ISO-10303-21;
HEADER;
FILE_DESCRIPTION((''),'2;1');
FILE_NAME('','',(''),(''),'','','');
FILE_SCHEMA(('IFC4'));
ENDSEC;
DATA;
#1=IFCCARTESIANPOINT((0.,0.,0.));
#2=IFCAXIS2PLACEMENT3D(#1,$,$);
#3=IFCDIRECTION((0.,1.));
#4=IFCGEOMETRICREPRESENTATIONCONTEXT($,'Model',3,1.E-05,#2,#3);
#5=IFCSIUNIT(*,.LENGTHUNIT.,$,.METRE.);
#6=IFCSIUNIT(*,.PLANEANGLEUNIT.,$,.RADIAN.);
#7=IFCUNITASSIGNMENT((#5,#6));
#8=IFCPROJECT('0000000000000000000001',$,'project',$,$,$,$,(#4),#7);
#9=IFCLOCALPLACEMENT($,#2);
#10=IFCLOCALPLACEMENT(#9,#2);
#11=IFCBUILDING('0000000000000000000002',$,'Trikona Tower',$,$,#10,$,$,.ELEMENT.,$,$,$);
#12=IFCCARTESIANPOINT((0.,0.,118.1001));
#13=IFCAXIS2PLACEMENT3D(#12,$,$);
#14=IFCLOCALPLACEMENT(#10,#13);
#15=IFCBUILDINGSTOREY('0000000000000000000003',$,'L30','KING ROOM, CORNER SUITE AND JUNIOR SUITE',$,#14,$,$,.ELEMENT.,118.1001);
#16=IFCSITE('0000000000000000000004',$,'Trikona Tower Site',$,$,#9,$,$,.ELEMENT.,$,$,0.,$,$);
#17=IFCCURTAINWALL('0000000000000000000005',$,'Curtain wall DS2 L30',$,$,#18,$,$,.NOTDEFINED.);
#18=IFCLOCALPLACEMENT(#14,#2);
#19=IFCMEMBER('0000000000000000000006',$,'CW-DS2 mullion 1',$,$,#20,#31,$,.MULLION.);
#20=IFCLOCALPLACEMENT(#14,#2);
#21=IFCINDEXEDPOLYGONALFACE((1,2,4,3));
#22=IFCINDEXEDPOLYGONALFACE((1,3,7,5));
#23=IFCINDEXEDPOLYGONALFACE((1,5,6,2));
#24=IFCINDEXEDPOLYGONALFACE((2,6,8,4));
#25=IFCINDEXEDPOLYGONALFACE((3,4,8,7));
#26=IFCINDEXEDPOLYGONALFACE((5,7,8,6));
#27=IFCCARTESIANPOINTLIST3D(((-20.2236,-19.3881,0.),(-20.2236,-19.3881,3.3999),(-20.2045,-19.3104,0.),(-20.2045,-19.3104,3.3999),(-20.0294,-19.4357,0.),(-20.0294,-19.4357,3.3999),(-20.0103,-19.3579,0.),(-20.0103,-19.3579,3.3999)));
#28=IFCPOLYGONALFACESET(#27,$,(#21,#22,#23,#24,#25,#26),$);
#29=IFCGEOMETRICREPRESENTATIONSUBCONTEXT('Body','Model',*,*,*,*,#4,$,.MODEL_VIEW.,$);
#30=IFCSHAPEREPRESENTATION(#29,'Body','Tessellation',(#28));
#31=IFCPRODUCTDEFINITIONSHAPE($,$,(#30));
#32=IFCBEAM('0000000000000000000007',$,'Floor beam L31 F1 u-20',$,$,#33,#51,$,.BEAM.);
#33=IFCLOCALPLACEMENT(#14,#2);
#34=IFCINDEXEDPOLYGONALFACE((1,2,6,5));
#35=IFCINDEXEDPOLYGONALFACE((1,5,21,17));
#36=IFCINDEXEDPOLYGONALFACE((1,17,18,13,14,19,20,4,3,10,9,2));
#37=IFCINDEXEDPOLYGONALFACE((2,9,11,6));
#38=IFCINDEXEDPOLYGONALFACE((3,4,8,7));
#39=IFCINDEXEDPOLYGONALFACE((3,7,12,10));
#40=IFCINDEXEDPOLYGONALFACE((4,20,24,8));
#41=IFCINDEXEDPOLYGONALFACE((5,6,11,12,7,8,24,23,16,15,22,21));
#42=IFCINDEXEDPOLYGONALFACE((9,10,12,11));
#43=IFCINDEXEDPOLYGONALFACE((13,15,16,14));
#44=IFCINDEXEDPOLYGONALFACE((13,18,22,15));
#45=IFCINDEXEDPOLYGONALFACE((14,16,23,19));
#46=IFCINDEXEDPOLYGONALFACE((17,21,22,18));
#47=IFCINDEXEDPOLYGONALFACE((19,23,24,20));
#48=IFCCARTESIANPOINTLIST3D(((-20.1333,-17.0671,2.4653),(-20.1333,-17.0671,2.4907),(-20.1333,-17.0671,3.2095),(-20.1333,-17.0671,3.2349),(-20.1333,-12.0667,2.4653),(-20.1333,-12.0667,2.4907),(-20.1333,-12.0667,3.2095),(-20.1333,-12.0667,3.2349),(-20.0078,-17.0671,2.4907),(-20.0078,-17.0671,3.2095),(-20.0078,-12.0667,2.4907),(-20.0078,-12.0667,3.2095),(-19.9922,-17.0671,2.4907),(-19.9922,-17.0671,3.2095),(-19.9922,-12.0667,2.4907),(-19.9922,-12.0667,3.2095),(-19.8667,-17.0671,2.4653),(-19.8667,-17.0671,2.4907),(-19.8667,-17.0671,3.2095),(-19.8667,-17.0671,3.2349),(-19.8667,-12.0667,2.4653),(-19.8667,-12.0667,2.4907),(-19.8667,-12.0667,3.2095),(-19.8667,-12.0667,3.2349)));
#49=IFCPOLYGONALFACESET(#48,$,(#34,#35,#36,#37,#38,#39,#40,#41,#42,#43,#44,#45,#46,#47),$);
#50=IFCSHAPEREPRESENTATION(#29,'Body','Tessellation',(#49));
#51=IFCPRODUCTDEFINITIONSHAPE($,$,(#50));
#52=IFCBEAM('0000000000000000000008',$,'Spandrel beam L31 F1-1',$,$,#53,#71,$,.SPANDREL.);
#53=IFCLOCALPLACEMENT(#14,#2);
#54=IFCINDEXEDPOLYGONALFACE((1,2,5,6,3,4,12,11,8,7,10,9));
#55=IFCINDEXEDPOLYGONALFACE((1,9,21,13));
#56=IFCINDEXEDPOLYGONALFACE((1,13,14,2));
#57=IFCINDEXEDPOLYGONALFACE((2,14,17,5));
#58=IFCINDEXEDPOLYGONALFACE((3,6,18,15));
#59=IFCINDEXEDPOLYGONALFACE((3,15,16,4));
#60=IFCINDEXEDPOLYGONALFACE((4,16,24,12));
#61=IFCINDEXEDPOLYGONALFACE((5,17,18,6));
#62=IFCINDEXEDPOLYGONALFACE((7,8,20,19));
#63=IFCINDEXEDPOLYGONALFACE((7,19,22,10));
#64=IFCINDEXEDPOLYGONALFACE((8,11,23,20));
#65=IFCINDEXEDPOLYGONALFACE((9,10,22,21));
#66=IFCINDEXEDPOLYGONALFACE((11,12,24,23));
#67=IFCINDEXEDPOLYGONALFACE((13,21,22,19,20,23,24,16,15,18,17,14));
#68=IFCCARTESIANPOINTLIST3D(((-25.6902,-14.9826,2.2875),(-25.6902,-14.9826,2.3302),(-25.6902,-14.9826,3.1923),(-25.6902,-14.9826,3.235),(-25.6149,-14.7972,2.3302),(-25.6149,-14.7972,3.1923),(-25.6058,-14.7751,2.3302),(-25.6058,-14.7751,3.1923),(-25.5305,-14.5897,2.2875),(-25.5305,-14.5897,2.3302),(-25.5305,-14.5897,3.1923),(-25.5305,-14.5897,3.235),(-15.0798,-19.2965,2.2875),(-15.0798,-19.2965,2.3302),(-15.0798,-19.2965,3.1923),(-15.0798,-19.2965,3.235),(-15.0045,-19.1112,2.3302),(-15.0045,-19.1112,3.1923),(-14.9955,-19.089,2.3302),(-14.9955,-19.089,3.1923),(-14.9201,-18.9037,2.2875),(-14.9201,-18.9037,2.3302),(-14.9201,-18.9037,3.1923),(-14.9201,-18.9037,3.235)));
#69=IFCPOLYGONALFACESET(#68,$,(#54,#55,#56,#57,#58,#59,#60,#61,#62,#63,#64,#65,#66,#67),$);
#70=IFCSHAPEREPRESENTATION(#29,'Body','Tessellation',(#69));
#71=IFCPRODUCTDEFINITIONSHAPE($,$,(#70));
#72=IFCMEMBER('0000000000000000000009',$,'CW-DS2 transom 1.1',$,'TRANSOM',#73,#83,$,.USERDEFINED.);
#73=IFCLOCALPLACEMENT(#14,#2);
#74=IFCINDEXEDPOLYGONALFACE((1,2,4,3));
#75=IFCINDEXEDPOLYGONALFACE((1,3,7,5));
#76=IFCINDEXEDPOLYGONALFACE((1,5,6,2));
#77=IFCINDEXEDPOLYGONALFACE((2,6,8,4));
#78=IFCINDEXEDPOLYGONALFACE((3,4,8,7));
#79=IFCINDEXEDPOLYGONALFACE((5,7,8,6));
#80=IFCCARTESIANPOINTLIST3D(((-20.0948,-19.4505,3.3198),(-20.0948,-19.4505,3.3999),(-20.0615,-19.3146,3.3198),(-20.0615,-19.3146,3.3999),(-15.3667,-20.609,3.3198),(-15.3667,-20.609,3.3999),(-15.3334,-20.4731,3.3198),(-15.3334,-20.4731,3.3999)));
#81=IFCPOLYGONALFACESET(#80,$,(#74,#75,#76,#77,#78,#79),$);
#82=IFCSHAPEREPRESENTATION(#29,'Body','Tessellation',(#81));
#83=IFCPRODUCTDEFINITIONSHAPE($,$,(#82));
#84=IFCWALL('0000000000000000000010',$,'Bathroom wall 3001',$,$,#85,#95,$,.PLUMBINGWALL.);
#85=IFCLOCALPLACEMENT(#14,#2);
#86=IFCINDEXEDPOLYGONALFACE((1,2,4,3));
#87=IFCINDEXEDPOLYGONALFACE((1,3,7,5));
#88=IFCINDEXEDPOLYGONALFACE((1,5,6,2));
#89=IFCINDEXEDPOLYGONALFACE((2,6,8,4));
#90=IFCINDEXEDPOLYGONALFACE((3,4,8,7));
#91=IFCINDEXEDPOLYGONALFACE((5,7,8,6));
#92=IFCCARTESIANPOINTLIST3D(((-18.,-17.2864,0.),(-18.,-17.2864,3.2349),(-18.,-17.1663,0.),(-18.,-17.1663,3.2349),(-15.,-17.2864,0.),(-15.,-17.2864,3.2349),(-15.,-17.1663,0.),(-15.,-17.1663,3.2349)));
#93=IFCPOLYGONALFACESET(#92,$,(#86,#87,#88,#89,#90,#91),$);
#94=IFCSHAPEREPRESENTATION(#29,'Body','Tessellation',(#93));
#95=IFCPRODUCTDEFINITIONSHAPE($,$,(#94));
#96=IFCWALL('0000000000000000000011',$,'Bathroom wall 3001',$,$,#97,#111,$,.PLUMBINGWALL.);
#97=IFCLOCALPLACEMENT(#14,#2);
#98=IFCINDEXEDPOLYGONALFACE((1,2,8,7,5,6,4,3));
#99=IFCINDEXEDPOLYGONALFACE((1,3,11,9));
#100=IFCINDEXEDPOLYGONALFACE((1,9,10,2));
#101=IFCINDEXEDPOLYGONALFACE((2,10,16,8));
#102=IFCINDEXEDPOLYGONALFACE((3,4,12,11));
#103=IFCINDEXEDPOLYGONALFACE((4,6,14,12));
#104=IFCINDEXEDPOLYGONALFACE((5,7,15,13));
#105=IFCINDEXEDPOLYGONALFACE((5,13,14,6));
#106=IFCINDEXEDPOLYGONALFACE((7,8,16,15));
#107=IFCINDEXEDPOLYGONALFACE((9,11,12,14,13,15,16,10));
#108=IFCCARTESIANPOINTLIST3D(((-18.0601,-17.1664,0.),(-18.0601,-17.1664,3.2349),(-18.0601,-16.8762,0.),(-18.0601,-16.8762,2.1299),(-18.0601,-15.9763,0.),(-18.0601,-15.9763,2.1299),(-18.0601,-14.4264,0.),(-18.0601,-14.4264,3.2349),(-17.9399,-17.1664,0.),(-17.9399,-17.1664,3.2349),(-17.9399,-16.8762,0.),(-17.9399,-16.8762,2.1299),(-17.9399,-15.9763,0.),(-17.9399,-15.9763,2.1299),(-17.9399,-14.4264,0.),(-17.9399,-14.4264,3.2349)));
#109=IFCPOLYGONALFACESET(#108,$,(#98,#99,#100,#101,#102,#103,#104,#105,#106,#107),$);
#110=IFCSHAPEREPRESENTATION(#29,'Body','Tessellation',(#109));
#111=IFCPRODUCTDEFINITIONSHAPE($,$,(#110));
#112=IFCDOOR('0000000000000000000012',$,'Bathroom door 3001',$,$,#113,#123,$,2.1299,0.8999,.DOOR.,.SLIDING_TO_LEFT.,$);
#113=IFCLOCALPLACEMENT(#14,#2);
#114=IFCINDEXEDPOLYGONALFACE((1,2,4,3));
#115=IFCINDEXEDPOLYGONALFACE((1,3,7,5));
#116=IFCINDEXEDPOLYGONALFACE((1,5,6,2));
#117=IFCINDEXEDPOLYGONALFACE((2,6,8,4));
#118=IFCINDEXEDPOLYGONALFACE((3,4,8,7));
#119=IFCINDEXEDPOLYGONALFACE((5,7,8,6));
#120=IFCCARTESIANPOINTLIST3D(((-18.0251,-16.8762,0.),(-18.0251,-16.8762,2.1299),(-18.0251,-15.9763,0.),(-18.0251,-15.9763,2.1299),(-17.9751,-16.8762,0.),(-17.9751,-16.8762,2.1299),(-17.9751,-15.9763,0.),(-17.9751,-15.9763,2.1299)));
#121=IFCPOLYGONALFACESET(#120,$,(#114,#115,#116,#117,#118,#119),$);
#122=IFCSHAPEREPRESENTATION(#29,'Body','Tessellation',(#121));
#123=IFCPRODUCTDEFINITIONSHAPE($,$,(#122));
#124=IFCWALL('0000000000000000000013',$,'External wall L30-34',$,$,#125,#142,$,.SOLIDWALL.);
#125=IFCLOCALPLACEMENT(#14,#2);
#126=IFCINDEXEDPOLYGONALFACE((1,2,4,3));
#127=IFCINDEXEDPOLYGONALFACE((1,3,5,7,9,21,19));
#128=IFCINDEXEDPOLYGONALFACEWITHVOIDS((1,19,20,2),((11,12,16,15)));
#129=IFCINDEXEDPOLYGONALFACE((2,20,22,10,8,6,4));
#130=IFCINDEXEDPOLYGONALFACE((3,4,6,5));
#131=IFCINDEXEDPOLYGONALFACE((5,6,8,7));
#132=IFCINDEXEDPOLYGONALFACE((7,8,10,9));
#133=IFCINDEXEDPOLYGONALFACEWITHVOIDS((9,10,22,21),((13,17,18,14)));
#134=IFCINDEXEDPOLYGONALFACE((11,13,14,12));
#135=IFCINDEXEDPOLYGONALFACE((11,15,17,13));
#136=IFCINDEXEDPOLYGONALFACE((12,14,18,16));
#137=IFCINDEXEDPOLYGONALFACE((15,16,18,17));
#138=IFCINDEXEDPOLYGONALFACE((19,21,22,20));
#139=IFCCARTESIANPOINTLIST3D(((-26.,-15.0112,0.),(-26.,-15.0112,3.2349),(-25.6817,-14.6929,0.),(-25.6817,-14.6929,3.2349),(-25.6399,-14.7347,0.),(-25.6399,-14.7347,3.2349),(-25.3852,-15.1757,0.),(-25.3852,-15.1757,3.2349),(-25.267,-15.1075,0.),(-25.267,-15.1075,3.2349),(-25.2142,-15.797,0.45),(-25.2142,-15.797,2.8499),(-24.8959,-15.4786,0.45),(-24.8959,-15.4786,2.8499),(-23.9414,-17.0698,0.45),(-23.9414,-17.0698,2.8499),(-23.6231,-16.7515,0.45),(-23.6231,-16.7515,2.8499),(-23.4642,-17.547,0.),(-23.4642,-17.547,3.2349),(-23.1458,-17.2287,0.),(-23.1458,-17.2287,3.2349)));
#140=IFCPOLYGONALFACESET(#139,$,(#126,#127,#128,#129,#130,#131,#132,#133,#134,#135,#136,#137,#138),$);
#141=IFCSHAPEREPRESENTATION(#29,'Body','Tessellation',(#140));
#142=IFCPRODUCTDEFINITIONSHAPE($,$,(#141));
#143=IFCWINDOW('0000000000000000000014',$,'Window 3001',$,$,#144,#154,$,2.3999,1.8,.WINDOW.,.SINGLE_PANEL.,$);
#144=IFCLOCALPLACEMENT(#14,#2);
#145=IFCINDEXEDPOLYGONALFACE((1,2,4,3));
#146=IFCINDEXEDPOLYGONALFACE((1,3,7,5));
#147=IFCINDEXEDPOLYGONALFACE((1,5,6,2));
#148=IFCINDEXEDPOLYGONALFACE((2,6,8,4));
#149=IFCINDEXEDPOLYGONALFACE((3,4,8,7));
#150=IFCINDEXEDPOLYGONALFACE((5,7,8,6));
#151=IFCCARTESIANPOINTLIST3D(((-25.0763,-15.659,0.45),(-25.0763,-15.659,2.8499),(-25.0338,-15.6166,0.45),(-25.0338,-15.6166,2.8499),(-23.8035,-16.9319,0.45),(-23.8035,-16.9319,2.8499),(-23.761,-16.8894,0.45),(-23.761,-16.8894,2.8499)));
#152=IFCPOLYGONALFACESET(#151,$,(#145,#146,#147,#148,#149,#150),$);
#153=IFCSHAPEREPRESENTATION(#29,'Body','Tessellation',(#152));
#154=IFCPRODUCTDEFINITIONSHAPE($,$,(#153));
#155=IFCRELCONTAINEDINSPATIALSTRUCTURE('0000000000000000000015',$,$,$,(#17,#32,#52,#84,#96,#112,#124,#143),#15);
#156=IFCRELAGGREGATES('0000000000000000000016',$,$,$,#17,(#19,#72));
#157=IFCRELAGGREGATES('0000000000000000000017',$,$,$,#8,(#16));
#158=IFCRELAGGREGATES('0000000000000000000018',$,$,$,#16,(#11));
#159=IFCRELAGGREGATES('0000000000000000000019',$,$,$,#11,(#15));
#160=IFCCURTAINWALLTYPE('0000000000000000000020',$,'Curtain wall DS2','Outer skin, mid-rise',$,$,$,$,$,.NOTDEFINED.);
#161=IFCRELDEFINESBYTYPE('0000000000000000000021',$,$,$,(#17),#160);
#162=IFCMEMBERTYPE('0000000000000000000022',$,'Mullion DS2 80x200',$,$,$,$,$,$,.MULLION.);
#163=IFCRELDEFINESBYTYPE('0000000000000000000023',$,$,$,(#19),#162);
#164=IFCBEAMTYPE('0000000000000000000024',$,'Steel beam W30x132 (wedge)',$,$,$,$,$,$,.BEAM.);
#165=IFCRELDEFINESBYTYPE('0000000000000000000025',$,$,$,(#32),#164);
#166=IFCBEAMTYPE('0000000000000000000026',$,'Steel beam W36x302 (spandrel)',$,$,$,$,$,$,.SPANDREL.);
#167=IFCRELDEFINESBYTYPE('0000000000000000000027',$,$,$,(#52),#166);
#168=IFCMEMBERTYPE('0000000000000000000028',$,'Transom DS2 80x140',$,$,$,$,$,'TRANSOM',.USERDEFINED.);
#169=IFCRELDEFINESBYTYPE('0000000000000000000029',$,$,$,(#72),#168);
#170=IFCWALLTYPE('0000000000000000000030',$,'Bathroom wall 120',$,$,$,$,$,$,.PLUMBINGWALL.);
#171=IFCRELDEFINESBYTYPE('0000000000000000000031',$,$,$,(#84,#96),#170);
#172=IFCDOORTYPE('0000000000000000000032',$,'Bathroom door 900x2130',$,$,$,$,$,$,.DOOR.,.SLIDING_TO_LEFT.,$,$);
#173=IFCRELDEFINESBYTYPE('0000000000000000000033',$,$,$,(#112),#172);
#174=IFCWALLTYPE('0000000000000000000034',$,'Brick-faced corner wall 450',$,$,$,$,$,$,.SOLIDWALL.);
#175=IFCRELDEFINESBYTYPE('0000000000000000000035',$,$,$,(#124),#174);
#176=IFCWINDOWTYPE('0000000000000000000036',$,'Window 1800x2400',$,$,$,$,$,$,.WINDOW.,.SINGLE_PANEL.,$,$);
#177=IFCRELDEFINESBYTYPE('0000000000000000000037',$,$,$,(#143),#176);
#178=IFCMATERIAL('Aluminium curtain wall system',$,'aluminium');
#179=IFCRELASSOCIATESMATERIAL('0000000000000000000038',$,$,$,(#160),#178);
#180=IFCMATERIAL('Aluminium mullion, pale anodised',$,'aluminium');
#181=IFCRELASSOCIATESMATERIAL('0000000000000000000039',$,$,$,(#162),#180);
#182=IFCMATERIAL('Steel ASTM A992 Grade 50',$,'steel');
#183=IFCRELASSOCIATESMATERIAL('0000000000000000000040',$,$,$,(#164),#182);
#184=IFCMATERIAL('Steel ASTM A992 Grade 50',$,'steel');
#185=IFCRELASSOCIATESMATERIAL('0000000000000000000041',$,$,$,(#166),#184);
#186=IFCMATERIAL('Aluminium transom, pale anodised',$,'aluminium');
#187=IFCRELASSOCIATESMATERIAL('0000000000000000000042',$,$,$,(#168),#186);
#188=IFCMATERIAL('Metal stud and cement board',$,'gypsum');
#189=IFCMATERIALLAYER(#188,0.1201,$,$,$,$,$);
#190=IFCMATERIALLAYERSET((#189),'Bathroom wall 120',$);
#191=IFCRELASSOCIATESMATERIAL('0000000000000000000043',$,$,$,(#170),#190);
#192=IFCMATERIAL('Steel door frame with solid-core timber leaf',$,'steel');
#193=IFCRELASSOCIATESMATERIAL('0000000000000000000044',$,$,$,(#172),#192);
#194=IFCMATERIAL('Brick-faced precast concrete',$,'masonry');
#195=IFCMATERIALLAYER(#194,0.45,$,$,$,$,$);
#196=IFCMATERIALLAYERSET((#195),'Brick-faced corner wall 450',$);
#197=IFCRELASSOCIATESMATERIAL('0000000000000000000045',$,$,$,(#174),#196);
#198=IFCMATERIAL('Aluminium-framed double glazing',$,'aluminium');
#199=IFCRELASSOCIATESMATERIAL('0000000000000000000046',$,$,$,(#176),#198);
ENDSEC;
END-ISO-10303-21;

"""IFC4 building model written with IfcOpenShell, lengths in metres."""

from ifc_helpers import new_model, si_unit, direction, frame, frame_2d, origin, origin_2d, place, context, subcontext, project, spatial, polyline, rectangle, i_section, outline, extrude, material, layer, layer_set, material_profile, profile_set, type_object, element, fill, aggregate, save


model = new_model("IFC4")

# Units and contexts
model_context = context("Model", 3, precision=1e-05, world=origin(), true_north=direction((0.0, 1.0)))
body_context = subcontext(model_context, "Body", "Model", "MODEL_VIEW")
ifc_project = project(units=[si_unit("LENGTHUNIT", "METRE"), si_unit("PLANEANGLEUNIT", "RADIAN")], contexts=[model_context])

# Site, building, storey
site_placement = place(None, origin())
site = spatial("IfcSite", under=ifc_project, at=site_placement, Name="Trikona Tower Site", CompositionType="ELEMENT", RefElevation=0.0)
building_placement = place(site_placement, origin())
building = spatial("IfcBuilding", under=site, at=building_placement, Name="Trikona Tower", CompositionType="ELEMENT")
storey_placement = place(building_placement, frame((0.0, 0.0, 118.1001)))
storey = spatial("IfcBuildingStorey", under=building, at=storey_placement, Name="L30", Description="KING ROOM, CORNER SUITE AND JUNIOR SUITE", CompositionType="ELEMENT", Elevation=118.1001)

# Curtain wall, member
ifc_material_1 = material(Name="Aluminium curtain wall system", Category="aluminium")
curtain_wall_type = type_object("IfcCurtainWallType", Name="Curtain wall DS2", Description="Outer skin, mid-rise", PredefinedType="NOTDEFINED", material=ifc_material_1)
curtain_wall_placement = place(storey_placement, origin())
curtain_wall = element("IfcCurtainWall", 1, at=curtain_wall_placement, inside=storey, type_object=curtain_wall_type, Name="Curtain wall DS2 L30", PredefinedType="NOTDEFINED")
ifc_material_2 = material(Name="Aluminium mullion, pale anodised", Category="aluminium")
ifc_material_profile_1 = material_profile(ifc_material_2, rectangle(XDim=0.0801, YDim=0.2, at=origin_2d()), Name="MUL-DS2")
ifc_profile_set_1 = profile_set([ifc_material_profile_1], Name="Aluminium mullion, pale anodised")
member_type_1 = type_object("IfcMemberType", Name="Mullion DS2 80x200", PredefinedType="MULLION", material=ifc_profile_set_1)
member_1_placement = place(storey_placement, frame((-20.1169, -19.373, 0.0), z_axis=(0.0, 0.0, 1.0), x_axis=(0.23797, 0.971272, 0.0)))
member_1 = element("IfcMember", 2, at=member_1_placement, type_object=member_type_1, Name="CW-DS2 mullion 1", PredefinedType="MULLION", context=body_context, shape_type="SweptSolid", body=[
    extrude(rectangle(XDim=0.0801, YDim=0.2, at=origin_2d()), origin(), (0.0, 0.0, 1.0), 3.3999),
])

# Beams
ifc_material_3 = material(Name="Steel ASTM A992 Grade 50", Category="steel")
ifc_material_profile_2 = material_profile(ifc_material_3, i_section(OverallWidth=0.2666, OverallDepth=0.7695, WebThickness=0.0156, FlangeThickness=0.0254, at=origin_2d()), Name="W30X132")
ifc_profile_set_2 = profile_set([ifc_material_profile_2], Name="Steel ASTM A992 Grade 50")
beam_type_1 = type_object("IfcBeamType", Name="Steel beam W30x132 (wedge)", PredefinedType="BEAM", material=ifc_profile_set_2)
beam_1_placement = place(storey_placement, frame((-20.0, -12.0667, 2.8501), z_axis=(0.0, -1.0, 0.0), x_axis=(1.0, 0.0, 0.0)))
element("IfcBeam", 3, at=beam_1_placement, inside=storey, type_object=beam_type_1, Name="Floor beam L31 F1 u-20", PredefinedType="BEAM", context=body_context, shape_type="SweptSolid", body=[
    extrude(i_section(OverallWidth=0.2666, OverallDepth=0.7695, WebThickness=0.0156, FlangeThickness=0.0254, at=origin_2d()), origin(), (0.0, 0.0, 1.0), 5.0005),
])
ifc_material_4 = material(Name="Steel ASTM A992 Grade 50", Category="steel")
ifc_material_profile_3 = material_profile(ifc_material_4, i_section(OverallWidth=0.4241, OverallDepth=0.9475, WebThickness=0.0239, FlangeThickness=0.0427, at=origin_2d()), Name="W36X302")
ifc_profile_set_3 = profile_set([ifc_material_profile_3], Name="Steel ASTM A992 Grade 50")
beam_type_2 = type_object("IfcBeamType", Name="Steel beam W36x302 (spandrel)", PredefinedType="SPANDREL", material=ifc_profile_set_3)
beam_2_placement = place(storey_placement, frame((-25.6104, -14.7861, 2.7612), z_axis=(0.92636, -0.37664, 0.0), x_axis=(0.37664, 0.92636, 0.0)))
element("IfcBeam", 4, at=beam_2_placement, inside=storey, type_object=beam_type_2, Name="Spandrel beam L31 F1-1", PredefinedType="SPANDREL", context=body_context, shape_type="SweptSolid", body=[
    extrude(i_section(OverallWidth=0.4241, OverallDepth=0.9475, WebThickness=0.0239, FlangeThickness=0.0427, at=origin_2d()), origin(), (0.0, 0.0, 1.0), 11.4539),
])

# Member
ifc_material_5 = material(Name="Aluminium transom, pale anodised", Category="aluminium")
ifc_material_profile_4 = material_profile(ifc_material_5, rectangle(XDim=0.1399, YDim=0.0801, at=origin_2d()), Name="TRN-DS2")
ifc_profile_set_4 = profile_set([ifc_material_profile_4], Name="Aluminium transom, pale anodised")
member_type_2 = type_object("IfcMemberType", Name="Transom DS2 80x140", ElementType="TRANSOM", PredefinedType="USERDEFINED", material=ifc_profile_set_4)
member_2_placement = place(storey_placement, frame((-20.0781, -19.3826, 3.3599), z_axis=(0.971271, -0.237978, 0.0), x_axis=(0.237978, 0.971271, 0.0)))
member_2 = element("IfcMember", 5, at=member_2_placement, type_object=member_type_2, Name="CW-DS2 transom 1.1", ObjectType="TRANSOM", PredefinedType="USERDEFINED", context=body_context, shape_type="SweptSolid", body=[
    extrude(rectangle(XDim=0.1399, YDim=0.0801, at=origin_2d()), origin(), (0.0, 0.0, 1.0), 4.8679),
])
aggregate(curtain_wall, [member_1, member_2])

# Wall
ifc_material_6 = material(Name="Metal stud and cement board", Category="gypsum")
ifc_layer_1 = layer(ifc_material_6, 0.1201)
ifc_layer_set_1 = layer_set([ifc_layer_1], Name="Bathroom wall 120")
wall_type_1 = type_object("IfcWallType", Name="Bathroom wall 120", PredefinedType="PLUMBINGWALL", material=ifc_layer_set_1)
wall_1_placement = place(storey_placement, frame((-18.0, -17.2263, 0.0), z_axis=(0.0, 0.0, 1.0), x_axis=(1.0, 0.0, 0.0)))
element("IfcWall", 6, at=wall_1_placement, inside=storey, type_object=wall_type_1, Name="Bathroom wall 3001", PredefinedType="PLUMBINGWALL", context=body_context, shape_type="SweptSolid", body=[
    extrude(rectangle(XDim=3.0, YDim=0.1201, at=frame_2d((1.5, 0.0))), origin(), (0.0, 0.0, 1.0), 3.2349),
])

# Wall, opening, door
wall_2_placement = place(storey_placement, frame((-18.0, -14.4263, 0.0), z_axis=(0.0, 0.0, 1.0), x_axis=(0.0, -1.0, 0.0)))
wall_2 = element("IfcWall", 7, at=wall_2_placement, inside=storey, type_object=wall_type_1, Name="Bathroom wall 3001", PredefinedType="PLUMBINGWALL", context=body_context, shape_type="SweptSolid", body=[
    extrude(rectangle(XDim=2.74, YDim=0.1201, at=frame_2d((1.3701, 0.0))), origin(), (0.0, 0.0, 1.0), 3.2349),
])
opening_1_placement = place(wall_2_placement, frame((1.55, 0.0, 0.0)))
opening_1 = element("IfcOpeningElement", 8, at=opening_1_placement, cuts=wall_2, PredefinedType="OPENING", context=body_context, shape_type="SweptSolid", body=[
    extrude(rectangle(XDim=0.8999, YDim=2.1299, at=frame_2d((0.45, 1.0649))), frame((0.0, 0.0701, 0.0), z_axis=(0.0, -1.0, 0.0), x_axis=(1.0, 0.0, 0.0)), (0.0, 0.0, 1.0), 0.1401),
])
ifc_material_7 = material(Name="Steel door frame with solid-core timber leaf", Category="steel")
door_type_1 = type_object("IfcDoorType", Name="Bathroom door 900x2130", OperationType="SLIDING_TO_LEFT", PredefinedType="DOOR", material=ifc_material_7)
door_1_placement = place(opening_1_placement, origin())
door_1 = element("IfcDoor", 9, at=door_1_placement, inside=storey, type_object=door_type_1, Name="Bathroom door 3001", OperationType="SLIDING_TO_LEFT", OverallHeight=2.1299, OverallWidth=0.8999, PredefinedType="DOOR", context=body_context, shape_type="SweptSolid", body=[
    extrude(rectangle(XDim=0.8999, YDim=2.1299, at=frame_2d((0.45, 1.0649))), frame((0.0, 0.0249, 0.0), z_axis=(0.0, -1.0, 0.0), x_axis=(1.0, 0.0, 0.0)), (0.0, 0.0, 1.0), 0.05),
])
fill(opening_1, door_1)

# Wall, opening, window
ifc_material_8 = material(Name="Brick-faced precast concrete", Category="masonry")
ifc_layer_2 = layer(ifc_material_8, 0.45)
ifc_layer_set_2 = layer_set([ifc_layer_2], Name="Brick-faced corner wall 450")
wall_type_2 = type_object("IfcWallType", Name="Brick-faced corner wall 450", PredefinedType="SOLIDWALL", material=ifc_layer_set_2)
wall_3_placement = place(storey_placement, frame((-25.8408, -14.8521, 0.0), z_axis=(0.0, 0.0, 1.0), x_axis=(0.707107, -0.707107, 0.0)))
wall_3 = element("IfcWall", 10, at=wall_3_placement, inside=storey, type_object=wall_type_2, Name="External wall L30-34", PredefinedType="SOLIDWALL", context=body_context, shape_type="SweptSolid", body=[
    extrude(outline(polyline([(3.5862, 0.2251), (0.5864, 0.2251), (0.551, 0.0933), (0.0591, 0.2251), (0.0, 0.2251), (0.0, -0.2251), (3.5862, -0.2251), (3.5862, 0.2251)])), origin(), (0.0, 0.0, 1.0), 3.2349),
])
opening_2_placement = place(wall_3_placement, frame((1.1113, 0.0, 0.45)))
opening_2 = element("IfcOpeningElement", 11, at=opening_2_placement, cuts=wall_3, PredefinedType="OPENING", context=body_context, shape_type="SweptSolid", body=[
    extrude(rectangle(XDim=1.8, YDim=2.3999, at=frame_2d((0.8999, 1.2))), frame((0.0, 0.2349, 0.0), z_axis=(0.0, -1.0, 0.0), x_axis=(1.0, 0.0, 0.0)), (0.0, 0.0, 1.0), 0.47),
])
ifc_material_9 = material(Name="Aluminium-framed double glazing", Category="aluminium")
window_type_1 = type_object("IfcWindowType", Name="Window 1800x2400", PartitioningType="SINGLE_PANEL", PredefinedType="WINDOW", material=ifc_material_9)
window_1_placement = place(opening_2_placement, origin())
window_1 = element("IfcWindow", 12, at=window_1_placement, inside=storey, type_object=window_type_1, Name="Window 3001", OverallHeight=2.3999, OverallWidth=1.8, PartitioningType="SINGLE_PANEL", PredefinedType="WINDOW", context=body_context, shape_type="SweptSolid", body=[
    extrude(rectangle(XDim=1.8, YDim=2.3999, at=frame_2d((0.8999, 1.2))), frame((0.0, 0.03, 0.0), z_axis=(0.0, -1.0, 0.0), x_axis=(1.0, 0.0, 0.0)), (0.0, 0.0, 1.0), 0.0601),
])
fill(opening_2, window_1)

save(model, "model.ifc")
